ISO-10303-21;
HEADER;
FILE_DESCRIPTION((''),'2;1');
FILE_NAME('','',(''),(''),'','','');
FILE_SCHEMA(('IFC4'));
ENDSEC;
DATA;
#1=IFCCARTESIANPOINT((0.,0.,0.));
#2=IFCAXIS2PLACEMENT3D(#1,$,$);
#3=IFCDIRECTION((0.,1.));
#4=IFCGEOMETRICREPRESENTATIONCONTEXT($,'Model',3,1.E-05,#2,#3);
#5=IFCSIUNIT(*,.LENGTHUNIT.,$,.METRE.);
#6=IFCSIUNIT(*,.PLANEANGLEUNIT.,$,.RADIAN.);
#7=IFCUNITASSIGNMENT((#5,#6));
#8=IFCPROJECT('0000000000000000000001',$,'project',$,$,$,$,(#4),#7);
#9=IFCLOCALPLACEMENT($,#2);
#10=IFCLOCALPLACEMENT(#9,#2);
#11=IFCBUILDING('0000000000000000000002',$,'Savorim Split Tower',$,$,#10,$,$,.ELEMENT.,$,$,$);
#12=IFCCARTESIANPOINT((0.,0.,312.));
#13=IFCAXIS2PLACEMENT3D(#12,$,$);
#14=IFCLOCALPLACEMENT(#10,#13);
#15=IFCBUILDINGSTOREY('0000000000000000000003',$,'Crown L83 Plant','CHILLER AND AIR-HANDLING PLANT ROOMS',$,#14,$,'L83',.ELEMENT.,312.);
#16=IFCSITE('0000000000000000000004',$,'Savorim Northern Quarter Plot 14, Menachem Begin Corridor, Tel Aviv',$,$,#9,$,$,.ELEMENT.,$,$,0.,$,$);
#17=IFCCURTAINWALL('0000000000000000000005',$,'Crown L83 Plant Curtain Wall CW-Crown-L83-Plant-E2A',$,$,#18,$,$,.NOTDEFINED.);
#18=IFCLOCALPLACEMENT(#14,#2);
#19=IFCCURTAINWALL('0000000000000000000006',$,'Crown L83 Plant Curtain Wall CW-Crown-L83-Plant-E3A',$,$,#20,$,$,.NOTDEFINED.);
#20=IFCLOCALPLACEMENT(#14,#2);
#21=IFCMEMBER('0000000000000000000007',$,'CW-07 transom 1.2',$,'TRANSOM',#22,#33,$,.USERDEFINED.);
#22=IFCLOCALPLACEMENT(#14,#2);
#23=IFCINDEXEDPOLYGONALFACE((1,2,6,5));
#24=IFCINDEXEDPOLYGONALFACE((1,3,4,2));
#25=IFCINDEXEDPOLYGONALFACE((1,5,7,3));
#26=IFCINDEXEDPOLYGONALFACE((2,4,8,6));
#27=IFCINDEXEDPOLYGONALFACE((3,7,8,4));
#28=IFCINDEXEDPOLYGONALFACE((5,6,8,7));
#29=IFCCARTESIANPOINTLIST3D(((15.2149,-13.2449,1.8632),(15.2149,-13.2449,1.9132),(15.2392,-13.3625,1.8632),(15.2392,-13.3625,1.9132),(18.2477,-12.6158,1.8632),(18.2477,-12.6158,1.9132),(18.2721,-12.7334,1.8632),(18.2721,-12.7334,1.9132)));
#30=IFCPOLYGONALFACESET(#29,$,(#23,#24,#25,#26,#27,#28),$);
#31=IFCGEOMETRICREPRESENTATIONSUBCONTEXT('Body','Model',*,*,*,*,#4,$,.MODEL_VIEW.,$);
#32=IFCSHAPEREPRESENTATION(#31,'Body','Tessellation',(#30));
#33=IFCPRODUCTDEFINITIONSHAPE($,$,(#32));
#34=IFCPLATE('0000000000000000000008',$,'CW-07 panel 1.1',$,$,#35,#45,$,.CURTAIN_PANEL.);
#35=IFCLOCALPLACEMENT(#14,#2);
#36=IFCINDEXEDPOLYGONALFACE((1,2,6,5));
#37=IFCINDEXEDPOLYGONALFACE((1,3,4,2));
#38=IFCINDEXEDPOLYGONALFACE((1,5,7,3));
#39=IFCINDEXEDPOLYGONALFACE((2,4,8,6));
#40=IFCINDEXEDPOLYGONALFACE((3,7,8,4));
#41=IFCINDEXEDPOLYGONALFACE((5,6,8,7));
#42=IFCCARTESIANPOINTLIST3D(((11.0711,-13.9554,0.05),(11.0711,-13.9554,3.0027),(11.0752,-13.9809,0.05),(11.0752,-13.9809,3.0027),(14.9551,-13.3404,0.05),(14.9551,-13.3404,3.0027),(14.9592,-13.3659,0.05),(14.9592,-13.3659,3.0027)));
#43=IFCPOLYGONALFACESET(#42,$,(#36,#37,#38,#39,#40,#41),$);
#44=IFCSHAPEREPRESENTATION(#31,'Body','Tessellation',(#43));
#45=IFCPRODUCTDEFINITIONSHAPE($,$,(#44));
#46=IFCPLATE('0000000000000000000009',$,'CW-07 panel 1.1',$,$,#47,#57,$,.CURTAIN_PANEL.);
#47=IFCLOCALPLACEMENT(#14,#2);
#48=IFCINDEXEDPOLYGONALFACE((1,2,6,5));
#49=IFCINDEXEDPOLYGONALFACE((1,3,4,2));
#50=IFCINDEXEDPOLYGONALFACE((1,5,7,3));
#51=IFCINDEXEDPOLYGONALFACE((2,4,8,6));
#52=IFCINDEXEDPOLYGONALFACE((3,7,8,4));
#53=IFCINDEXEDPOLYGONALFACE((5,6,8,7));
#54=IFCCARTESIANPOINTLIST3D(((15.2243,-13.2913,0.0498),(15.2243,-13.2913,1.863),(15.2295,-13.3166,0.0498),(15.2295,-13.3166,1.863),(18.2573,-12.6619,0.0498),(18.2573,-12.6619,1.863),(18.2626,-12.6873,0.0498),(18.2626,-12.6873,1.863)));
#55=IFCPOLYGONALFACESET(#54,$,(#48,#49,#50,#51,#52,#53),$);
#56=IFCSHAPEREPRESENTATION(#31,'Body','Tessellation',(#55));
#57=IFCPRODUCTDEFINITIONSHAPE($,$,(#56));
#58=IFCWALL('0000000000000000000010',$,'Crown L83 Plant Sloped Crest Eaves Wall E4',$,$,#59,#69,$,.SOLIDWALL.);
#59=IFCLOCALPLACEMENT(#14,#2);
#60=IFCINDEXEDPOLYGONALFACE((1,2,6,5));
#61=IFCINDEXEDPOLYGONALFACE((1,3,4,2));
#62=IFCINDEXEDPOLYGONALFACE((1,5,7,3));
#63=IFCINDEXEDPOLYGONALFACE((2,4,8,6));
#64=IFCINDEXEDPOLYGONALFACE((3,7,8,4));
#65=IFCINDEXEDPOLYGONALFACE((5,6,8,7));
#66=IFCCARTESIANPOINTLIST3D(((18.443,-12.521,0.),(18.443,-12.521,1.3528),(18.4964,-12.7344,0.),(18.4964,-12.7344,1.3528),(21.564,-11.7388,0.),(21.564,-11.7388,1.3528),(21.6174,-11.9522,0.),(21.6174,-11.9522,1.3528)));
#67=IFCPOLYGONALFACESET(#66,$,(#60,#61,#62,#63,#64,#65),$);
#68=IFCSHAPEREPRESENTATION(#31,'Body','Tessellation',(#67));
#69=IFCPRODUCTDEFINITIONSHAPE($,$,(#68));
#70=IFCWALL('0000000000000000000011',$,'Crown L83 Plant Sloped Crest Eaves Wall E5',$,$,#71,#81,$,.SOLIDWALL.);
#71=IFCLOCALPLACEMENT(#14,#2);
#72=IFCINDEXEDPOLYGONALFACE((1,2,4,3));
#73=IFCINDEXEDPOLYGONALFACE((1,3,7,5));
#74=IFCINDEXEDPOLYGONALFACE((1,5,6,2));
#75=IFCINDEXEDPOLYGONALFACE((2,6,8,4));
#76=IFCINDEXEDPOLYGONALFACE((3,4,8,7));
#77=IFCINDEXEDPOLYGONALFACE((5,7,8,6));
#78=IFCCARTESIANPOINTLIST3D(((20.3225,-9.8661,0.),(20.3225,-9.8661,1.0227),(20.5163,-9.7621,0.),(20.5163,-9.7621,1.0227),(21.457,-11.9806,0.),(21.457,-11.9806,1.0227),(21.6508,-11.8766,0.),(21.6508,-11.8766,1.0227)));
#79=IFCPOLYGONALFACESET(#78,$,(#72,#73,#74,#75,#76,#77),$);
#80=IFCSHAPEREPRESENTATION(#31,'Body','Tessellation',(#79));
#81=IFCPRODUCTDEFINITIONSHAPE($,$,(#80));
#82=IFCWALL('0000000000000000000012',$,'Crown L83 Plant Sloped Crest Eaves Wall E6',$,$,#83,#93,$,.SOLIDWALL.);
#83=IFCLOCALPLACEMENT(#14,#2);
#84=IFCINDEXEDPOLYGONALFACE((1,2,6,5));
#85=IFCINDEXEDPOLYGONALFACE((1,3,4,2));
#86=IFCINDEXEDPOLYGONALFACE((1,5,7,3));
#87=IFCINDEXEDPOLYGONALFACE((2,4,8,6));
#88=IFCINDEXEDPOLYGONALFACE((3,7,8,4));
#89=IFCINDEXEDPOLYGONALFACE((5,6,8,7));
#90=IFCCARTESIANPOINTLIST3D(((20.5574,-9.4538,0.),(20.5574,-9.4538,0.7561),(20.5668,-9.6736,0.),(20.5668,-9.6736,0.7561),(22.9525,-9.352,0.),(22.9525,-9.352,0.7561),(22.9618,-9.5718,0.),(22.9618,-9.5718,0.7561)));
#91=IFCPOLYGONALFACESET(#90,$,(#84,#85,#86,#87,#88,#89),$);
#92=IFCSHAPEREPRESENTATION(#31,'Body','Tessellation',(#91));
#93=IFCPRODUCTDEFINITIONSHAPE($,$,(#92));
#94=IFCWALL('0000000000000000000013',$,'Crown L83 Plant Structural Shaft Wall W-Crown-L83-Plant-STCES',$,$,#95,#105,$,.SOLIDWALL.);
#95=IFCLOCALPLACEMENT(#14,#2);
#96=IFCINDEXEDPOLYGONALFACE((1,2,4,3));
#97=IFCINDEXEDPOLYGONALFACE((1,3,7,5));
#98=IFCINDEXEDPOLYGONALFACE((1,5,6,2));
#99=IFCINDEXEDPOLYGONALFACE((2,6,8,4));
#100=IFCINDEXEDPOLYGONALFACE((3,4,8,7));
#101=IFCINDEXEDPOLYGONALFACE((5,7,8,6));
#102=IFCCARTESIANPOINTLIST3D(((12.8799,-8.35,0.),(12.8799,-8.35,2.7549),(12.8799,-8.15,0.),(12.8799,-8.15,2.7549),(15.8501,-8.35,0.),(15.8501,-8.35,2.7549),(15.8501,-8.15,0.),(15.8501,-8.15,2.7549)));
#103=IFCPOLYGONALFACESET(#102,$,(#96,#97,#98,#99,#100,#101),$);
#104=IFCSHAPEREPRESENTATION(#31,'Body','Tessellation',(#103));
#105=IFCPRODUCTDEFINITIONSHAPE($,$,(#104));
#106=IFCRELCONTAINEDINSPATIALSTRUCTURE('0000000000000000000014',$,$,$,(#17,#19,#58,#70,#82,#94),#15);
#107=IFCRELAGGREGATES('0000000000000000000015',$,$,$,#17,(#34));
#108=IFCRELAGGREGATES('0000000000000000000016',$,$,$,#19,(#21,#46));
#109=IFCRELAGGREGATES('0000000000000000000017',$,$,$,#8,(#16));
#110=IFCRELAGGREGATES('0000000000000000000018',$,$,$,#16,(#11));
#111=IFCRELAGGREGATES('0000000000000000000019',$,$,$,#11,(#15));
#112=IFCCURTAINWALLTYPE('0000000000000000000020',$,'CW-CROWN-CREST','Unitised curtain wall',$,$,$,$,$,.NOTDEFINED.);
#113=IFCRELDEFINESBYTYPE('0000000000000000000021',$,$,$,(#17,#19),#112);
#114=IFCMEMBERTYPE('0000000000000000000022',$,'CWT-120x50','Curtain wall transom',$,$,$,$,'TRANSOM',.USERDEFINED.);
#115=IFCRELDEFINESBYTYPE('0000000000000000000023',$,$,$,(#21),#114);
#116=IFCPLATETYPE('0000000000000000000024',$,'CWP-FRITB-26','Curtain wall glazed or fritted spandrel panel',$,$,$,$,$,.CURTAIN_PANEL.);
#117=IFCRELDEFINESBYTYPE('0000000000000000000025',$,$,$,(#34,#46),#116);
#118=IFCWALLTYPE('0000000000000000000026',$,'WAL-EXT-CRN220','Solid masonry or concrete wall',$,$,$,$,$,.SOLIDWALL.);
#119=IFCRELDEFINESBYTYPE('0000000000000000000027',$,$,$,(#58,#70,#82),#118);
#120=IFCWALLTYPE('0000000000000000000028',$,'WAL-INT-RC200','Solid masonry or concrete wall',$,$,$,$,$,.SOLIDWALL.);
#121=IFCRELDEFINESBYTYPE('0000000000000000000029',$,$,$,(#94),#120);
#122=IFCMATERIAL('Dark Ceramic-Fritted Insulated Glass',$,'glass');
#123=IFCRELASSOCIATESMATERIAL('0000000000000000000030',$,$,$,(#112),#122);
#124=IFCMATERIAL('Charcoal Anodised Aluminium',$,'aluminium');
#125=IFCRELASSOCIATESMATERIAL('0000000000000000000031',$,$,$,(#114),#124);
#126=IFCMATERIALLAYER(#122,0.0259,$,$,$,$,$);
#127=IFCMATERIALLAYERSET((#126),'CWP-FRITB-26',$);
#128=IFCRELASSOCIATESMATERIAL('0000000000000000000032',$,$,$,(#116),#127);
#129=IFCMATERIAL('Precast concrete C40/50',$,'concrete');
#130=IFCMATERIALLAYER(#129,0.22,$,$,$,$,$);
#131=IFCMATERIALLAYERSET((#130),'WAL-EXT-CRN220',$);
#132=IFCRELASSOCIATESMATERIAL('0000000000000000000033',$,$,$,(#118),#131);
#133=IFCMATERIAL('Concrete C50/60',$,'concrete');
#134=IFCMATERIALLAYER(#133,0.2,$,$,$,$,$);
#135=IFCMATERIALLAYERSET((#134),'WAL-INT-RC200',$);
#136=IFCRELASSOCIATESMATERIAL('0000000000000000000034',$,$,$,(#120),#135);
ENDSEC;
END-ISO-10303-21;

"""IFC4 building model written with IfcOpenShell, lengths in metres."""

from ifc_helpers import new_model, si_unit, direction, frame, frame_2d, origin, origin_2d, place, context, subcontext, project, spatial, rectangle, extrude, material, layer, layer_set, material_profile, profile_set, type_object, element, aggregate, save


model = new_model("IFC4")

# Units and contexts
model_context = context("Model", 3, precision=1e-05, world=origin(), true_north=direction((0.0, 1.0)))
body_context = subcontext(model_context, "Body", "Model", "MODEL_VIEW")
ifc_project = project(units=[si_unit("LENGTHUNIT", "METRE"), si_unit("PLANEANGLEUNIT", "RADIAN")], contexts=[model_context])

# Site, building, storey
site_placement = place(None, origin())
site = spatial("IfcSite", under=ifc_project, at=site_placement, Name="Savorim Northern Quarter Plot 14, Menachem Begin Corridor, Tel Aviv", CompositionType="ELEMENT", RefElevation=0.0)
building_placement = place(site_placement, origin())
building = spatial("IfcBuilding", under=site, at=building_placement, Name="Savorim Split Tower", CompositionType="ELEMENT")
storey_placement = place(building_placement, frame((0.0, 0.0, 312.0)))
storey = spatial("IfcBuildingStorey", under=building, at=storey_placement, Name="Crown L83 Plant", Description="CHILLER AND AIR-HANDLING PLANT ROOMS", LongName="L83", CompositionType="ELEMENT", Elevation=312.0)

# Curtain walls
ifc_material_1 = material(Name="Dark Ceramic-Fritted Insulated Glass", Category="glass")
curtain_wall_type = type_object("IfcCurtainWallType", Name="CW-CROWN-CREST", Description="Unitised curtain wall", PredefinedType="NOTDEFINED", material=ifc_material_1)
curtain_wall_1_placement = place(storey_placement, origin())
curtain_wall_1 = element("IfcCurtainWall", 1, at=curtain_wall_1_placement, inside=storey, type_object=curtain_wall_type, Name="Crown L83 Plant Curtain Wall CW-Crown-L83-Plant-E2A", PredefinedType="NOTDEFINED")
ifc_material_2 = material(Name="Charcoal Anodised Aluminium", Category="aluminium")
curtain_wall_2_placement = place(storey_placement, origin())
curtain_wall_2 = element("IfcCurtainWall", 2, at=curtain_wall_2_placement, inside=storey, type_object=curtain_wall_type, Name="Crown L83 Plant Curtain Wall CW-Crown-L83-Plant-E3A", PredefinedType="NOTDEFINED")

# Member
ifc_material_profile_1 = material_profile(ifc_material_2, rectangle(XDim=0.1201, YDim=0.05, at=origin_2d()), Name="ALU-T 120x50")
ifc_profile_set_1 = profile_set([ifc_material_profile_1], Name="Charcoal Anodised Aluminium")
member_type_1 = type_object("IfcMemberType", Name="CWT-120x50", Description="Curtain wall transom", ElementType="TRANSOM", PredefinedType="USERDEFINED", material=ifc_profile_set_1)
member_1_placement = place(storey_placement, frame((15.2271, -13.3037, 1.8882), z_axis=(0.979155, 0.203114, 0.0), x_axis=(-0.203114, 0.979155, 0.0)))
member_1 = element("IfcMember", 3, at=member_1_placement, type_object=member_type_1, Name="CW-07 transom 1.2", ObjectType="TRANSOM", PredefinedType="USERDEFINED", context=body_context, shape_type="SweptSolid", body=[
    extrude(rectangle(XDim=0.1201, YDim=0.05, at=origin_2d()), origin(), (0.0, 0.0, 1.0), 3.0974),
])

# Plates
ifc_layer_1 = layer(ifc_material_1, 0.0259)
ifc_layer_set_1 = layer_set([ifc_layer_1], Name="CWP-FRITB-26")
plate_type = type_object("IfcPlateType", Name="CWP-FRITB-26", Description="Curtain wall glazed or fritted spandrel panel", PredefinedType="CURTAIN_PANEL", material=ifc_layer_set_1)
plate_1_placement = place(storey_placement, frame((13.0151, -13.6606, 0.05), z_axis=(0.0, 0.0, 1.0), x_axis=(0.987694, 0.156398, 0.0)))
plate_1 = element("IfcPlate", 4, at=plate_1_placement, type_object=plate_type, Name="CW-07 panel 1.1", PredefinedType="CURTAIN_PANEL", context=body_context, shape_type="SweptSolid", body=[
    extrude(rectangle(XDim=3.9324, YDim=0.0259, at=origin_2d()), origin(), (0.0, 0.0, 1.0), 2.9526),
])
aggregate(curtain_wall_1, [plate_1])
plate_2_placement = place(storey_placement, frame((16.7434, -12.9893, 0.0498), z_axis=(0.0, 0.0, 1.0), x_axis=(0.979145, 0.203164, 0.0)))
plate_2 = element("IfcPlate", 5, at=plate_2_placement, type_object=plate_type, Name="CW-07 panel 1.1", PredefinedType="CURTAIN_PANEL", context=body_context, shape_type="SweptSolid", body=[
    extrude(rectangle(XDim=3.0977, YDim=0.0259, at=origin_2d()), origin(), (0.0, 0.0, 1.0), 1.8132),
])
aggregate(curtain_wall_2, [member_1, plate_2])

# Walls
ifc_material_3 = material(Name="Precast concrete C40/50", Category="concrete")
ifc_layer_2 = layer(ifc_material_3, 0.22)
ifc_layer_set_2 = layer_set([ifc_layer_2], Name="WAL-EXT-CRN220")
wall_type_1 = type_object("IfcWallType", Name="WAL-EXT-CRN220", Description="Solid masonry or concrete wall", PredefinedType="SOLIDWALL", material=ifc_layer_set_2)
wall_1_placement = place(storey_placement, frame((21.5908, -11.8455, 0.0), z_axis=(0.0, 0.0, 1.0), x_axis=(-0.97, -0.243107, 0.0)))
element("IfcWall", 6, at=wall_1_placement, inside=storey, type_object=wall_type_1, Name="Crown L83 Plant Sloped Crest Eaves Wall E4", PredefinedType="SOLIDWALL", context=body_context, shape_type="SweptSolid", body=[
    extrude(rectangle(XDim=3.2175, YDim=0.22, at=frame_2d((1.6089, 0.0))), origin(), (0.0, 0.0, 1.0), 1.3528),
])
wall_2_placement = place(storey_placement, frame((20.4194, -9.8142, 0.0), z_axis=(0.0, 0.0, 1.0), x_axis=(0.472789, -0.881176, 0.0)))
element("IfcWall", 7, at=wall_2_placement, inside=storey, type_object=wall_type_1, Name="Crown L83 Plant Sloped Crest Eaves Wall E5", PredefinedType="SOLIDWALL", context=body_context, shape_type="SweptSolid", body=[
    extrude(rectangle(XDim=2.3997, YDim=0.22, at=frame_2d((1.1997, 0.0))), origin(), (0.0, 0.0, 1.0), 1.0227),
])
wall_3_placement = place(storey_placement, frame((22.9573, -9.4619, 0.0), z_axis=(0.0, 0.0, 1.0), x_axis=(-0.999098, -0.042469, 0.0)))
element("IfcWall", 8, at=wall_3_placement, inside=storey, type_object=wall_type_1, Name="Crown L83 Plant Sloped Crest Eaves Wall E6", PredefinedType="SOLIDWALL", context=body_context, shape_type="SweptSolid", body=[
    extrude(rectangle(XDim=2.3972, YDim=0.22, at=frame_2d((1.1987, 0.0))), origin(), (0.0, 0.0, 1.0), 0.7561),
])
ifc_material_4 = material(Name="Concrete C50/60", Category="concrete")
ifc_layer_3 = layer(ifc_material_4, 0.2)
ifc_layer_set_3 = layer_set([ifc_layer_3], Name="WAL-INT-RC200")
wall_type_2 = type_object("IfcWallType", Name="WAL-INT-RC200", Description="Solid masonry or concrete wall", PredefinedType="SOLIDWALL", material=ifc_layer_set_3)
wall_4_placement = place(storey_placement, frame((12.8799, -8.25, 0.0), z_axis=(0.0, 0.0, 1.0), x_axis=(1.0, 0.0, 0.0)))
element("IfcWall", 9, at=wall_4_placement, inside=storey, type_object=wall_type_2, Name="Crown L83 Plant Structural Shaft Wall W-Crown-L83-Plant-STCES", PredefinedType="SOLIDWALL", context=body_context, shape_type="SweptSolid", body=[
    extrude(rectangle(XDim=2.9702, YDim=0.2, at=frame_2d((1.4851, 0.0))), origin(), (0.0, 0.0, 1.0), 2.7549),
])

save(model, "model.ifc")
